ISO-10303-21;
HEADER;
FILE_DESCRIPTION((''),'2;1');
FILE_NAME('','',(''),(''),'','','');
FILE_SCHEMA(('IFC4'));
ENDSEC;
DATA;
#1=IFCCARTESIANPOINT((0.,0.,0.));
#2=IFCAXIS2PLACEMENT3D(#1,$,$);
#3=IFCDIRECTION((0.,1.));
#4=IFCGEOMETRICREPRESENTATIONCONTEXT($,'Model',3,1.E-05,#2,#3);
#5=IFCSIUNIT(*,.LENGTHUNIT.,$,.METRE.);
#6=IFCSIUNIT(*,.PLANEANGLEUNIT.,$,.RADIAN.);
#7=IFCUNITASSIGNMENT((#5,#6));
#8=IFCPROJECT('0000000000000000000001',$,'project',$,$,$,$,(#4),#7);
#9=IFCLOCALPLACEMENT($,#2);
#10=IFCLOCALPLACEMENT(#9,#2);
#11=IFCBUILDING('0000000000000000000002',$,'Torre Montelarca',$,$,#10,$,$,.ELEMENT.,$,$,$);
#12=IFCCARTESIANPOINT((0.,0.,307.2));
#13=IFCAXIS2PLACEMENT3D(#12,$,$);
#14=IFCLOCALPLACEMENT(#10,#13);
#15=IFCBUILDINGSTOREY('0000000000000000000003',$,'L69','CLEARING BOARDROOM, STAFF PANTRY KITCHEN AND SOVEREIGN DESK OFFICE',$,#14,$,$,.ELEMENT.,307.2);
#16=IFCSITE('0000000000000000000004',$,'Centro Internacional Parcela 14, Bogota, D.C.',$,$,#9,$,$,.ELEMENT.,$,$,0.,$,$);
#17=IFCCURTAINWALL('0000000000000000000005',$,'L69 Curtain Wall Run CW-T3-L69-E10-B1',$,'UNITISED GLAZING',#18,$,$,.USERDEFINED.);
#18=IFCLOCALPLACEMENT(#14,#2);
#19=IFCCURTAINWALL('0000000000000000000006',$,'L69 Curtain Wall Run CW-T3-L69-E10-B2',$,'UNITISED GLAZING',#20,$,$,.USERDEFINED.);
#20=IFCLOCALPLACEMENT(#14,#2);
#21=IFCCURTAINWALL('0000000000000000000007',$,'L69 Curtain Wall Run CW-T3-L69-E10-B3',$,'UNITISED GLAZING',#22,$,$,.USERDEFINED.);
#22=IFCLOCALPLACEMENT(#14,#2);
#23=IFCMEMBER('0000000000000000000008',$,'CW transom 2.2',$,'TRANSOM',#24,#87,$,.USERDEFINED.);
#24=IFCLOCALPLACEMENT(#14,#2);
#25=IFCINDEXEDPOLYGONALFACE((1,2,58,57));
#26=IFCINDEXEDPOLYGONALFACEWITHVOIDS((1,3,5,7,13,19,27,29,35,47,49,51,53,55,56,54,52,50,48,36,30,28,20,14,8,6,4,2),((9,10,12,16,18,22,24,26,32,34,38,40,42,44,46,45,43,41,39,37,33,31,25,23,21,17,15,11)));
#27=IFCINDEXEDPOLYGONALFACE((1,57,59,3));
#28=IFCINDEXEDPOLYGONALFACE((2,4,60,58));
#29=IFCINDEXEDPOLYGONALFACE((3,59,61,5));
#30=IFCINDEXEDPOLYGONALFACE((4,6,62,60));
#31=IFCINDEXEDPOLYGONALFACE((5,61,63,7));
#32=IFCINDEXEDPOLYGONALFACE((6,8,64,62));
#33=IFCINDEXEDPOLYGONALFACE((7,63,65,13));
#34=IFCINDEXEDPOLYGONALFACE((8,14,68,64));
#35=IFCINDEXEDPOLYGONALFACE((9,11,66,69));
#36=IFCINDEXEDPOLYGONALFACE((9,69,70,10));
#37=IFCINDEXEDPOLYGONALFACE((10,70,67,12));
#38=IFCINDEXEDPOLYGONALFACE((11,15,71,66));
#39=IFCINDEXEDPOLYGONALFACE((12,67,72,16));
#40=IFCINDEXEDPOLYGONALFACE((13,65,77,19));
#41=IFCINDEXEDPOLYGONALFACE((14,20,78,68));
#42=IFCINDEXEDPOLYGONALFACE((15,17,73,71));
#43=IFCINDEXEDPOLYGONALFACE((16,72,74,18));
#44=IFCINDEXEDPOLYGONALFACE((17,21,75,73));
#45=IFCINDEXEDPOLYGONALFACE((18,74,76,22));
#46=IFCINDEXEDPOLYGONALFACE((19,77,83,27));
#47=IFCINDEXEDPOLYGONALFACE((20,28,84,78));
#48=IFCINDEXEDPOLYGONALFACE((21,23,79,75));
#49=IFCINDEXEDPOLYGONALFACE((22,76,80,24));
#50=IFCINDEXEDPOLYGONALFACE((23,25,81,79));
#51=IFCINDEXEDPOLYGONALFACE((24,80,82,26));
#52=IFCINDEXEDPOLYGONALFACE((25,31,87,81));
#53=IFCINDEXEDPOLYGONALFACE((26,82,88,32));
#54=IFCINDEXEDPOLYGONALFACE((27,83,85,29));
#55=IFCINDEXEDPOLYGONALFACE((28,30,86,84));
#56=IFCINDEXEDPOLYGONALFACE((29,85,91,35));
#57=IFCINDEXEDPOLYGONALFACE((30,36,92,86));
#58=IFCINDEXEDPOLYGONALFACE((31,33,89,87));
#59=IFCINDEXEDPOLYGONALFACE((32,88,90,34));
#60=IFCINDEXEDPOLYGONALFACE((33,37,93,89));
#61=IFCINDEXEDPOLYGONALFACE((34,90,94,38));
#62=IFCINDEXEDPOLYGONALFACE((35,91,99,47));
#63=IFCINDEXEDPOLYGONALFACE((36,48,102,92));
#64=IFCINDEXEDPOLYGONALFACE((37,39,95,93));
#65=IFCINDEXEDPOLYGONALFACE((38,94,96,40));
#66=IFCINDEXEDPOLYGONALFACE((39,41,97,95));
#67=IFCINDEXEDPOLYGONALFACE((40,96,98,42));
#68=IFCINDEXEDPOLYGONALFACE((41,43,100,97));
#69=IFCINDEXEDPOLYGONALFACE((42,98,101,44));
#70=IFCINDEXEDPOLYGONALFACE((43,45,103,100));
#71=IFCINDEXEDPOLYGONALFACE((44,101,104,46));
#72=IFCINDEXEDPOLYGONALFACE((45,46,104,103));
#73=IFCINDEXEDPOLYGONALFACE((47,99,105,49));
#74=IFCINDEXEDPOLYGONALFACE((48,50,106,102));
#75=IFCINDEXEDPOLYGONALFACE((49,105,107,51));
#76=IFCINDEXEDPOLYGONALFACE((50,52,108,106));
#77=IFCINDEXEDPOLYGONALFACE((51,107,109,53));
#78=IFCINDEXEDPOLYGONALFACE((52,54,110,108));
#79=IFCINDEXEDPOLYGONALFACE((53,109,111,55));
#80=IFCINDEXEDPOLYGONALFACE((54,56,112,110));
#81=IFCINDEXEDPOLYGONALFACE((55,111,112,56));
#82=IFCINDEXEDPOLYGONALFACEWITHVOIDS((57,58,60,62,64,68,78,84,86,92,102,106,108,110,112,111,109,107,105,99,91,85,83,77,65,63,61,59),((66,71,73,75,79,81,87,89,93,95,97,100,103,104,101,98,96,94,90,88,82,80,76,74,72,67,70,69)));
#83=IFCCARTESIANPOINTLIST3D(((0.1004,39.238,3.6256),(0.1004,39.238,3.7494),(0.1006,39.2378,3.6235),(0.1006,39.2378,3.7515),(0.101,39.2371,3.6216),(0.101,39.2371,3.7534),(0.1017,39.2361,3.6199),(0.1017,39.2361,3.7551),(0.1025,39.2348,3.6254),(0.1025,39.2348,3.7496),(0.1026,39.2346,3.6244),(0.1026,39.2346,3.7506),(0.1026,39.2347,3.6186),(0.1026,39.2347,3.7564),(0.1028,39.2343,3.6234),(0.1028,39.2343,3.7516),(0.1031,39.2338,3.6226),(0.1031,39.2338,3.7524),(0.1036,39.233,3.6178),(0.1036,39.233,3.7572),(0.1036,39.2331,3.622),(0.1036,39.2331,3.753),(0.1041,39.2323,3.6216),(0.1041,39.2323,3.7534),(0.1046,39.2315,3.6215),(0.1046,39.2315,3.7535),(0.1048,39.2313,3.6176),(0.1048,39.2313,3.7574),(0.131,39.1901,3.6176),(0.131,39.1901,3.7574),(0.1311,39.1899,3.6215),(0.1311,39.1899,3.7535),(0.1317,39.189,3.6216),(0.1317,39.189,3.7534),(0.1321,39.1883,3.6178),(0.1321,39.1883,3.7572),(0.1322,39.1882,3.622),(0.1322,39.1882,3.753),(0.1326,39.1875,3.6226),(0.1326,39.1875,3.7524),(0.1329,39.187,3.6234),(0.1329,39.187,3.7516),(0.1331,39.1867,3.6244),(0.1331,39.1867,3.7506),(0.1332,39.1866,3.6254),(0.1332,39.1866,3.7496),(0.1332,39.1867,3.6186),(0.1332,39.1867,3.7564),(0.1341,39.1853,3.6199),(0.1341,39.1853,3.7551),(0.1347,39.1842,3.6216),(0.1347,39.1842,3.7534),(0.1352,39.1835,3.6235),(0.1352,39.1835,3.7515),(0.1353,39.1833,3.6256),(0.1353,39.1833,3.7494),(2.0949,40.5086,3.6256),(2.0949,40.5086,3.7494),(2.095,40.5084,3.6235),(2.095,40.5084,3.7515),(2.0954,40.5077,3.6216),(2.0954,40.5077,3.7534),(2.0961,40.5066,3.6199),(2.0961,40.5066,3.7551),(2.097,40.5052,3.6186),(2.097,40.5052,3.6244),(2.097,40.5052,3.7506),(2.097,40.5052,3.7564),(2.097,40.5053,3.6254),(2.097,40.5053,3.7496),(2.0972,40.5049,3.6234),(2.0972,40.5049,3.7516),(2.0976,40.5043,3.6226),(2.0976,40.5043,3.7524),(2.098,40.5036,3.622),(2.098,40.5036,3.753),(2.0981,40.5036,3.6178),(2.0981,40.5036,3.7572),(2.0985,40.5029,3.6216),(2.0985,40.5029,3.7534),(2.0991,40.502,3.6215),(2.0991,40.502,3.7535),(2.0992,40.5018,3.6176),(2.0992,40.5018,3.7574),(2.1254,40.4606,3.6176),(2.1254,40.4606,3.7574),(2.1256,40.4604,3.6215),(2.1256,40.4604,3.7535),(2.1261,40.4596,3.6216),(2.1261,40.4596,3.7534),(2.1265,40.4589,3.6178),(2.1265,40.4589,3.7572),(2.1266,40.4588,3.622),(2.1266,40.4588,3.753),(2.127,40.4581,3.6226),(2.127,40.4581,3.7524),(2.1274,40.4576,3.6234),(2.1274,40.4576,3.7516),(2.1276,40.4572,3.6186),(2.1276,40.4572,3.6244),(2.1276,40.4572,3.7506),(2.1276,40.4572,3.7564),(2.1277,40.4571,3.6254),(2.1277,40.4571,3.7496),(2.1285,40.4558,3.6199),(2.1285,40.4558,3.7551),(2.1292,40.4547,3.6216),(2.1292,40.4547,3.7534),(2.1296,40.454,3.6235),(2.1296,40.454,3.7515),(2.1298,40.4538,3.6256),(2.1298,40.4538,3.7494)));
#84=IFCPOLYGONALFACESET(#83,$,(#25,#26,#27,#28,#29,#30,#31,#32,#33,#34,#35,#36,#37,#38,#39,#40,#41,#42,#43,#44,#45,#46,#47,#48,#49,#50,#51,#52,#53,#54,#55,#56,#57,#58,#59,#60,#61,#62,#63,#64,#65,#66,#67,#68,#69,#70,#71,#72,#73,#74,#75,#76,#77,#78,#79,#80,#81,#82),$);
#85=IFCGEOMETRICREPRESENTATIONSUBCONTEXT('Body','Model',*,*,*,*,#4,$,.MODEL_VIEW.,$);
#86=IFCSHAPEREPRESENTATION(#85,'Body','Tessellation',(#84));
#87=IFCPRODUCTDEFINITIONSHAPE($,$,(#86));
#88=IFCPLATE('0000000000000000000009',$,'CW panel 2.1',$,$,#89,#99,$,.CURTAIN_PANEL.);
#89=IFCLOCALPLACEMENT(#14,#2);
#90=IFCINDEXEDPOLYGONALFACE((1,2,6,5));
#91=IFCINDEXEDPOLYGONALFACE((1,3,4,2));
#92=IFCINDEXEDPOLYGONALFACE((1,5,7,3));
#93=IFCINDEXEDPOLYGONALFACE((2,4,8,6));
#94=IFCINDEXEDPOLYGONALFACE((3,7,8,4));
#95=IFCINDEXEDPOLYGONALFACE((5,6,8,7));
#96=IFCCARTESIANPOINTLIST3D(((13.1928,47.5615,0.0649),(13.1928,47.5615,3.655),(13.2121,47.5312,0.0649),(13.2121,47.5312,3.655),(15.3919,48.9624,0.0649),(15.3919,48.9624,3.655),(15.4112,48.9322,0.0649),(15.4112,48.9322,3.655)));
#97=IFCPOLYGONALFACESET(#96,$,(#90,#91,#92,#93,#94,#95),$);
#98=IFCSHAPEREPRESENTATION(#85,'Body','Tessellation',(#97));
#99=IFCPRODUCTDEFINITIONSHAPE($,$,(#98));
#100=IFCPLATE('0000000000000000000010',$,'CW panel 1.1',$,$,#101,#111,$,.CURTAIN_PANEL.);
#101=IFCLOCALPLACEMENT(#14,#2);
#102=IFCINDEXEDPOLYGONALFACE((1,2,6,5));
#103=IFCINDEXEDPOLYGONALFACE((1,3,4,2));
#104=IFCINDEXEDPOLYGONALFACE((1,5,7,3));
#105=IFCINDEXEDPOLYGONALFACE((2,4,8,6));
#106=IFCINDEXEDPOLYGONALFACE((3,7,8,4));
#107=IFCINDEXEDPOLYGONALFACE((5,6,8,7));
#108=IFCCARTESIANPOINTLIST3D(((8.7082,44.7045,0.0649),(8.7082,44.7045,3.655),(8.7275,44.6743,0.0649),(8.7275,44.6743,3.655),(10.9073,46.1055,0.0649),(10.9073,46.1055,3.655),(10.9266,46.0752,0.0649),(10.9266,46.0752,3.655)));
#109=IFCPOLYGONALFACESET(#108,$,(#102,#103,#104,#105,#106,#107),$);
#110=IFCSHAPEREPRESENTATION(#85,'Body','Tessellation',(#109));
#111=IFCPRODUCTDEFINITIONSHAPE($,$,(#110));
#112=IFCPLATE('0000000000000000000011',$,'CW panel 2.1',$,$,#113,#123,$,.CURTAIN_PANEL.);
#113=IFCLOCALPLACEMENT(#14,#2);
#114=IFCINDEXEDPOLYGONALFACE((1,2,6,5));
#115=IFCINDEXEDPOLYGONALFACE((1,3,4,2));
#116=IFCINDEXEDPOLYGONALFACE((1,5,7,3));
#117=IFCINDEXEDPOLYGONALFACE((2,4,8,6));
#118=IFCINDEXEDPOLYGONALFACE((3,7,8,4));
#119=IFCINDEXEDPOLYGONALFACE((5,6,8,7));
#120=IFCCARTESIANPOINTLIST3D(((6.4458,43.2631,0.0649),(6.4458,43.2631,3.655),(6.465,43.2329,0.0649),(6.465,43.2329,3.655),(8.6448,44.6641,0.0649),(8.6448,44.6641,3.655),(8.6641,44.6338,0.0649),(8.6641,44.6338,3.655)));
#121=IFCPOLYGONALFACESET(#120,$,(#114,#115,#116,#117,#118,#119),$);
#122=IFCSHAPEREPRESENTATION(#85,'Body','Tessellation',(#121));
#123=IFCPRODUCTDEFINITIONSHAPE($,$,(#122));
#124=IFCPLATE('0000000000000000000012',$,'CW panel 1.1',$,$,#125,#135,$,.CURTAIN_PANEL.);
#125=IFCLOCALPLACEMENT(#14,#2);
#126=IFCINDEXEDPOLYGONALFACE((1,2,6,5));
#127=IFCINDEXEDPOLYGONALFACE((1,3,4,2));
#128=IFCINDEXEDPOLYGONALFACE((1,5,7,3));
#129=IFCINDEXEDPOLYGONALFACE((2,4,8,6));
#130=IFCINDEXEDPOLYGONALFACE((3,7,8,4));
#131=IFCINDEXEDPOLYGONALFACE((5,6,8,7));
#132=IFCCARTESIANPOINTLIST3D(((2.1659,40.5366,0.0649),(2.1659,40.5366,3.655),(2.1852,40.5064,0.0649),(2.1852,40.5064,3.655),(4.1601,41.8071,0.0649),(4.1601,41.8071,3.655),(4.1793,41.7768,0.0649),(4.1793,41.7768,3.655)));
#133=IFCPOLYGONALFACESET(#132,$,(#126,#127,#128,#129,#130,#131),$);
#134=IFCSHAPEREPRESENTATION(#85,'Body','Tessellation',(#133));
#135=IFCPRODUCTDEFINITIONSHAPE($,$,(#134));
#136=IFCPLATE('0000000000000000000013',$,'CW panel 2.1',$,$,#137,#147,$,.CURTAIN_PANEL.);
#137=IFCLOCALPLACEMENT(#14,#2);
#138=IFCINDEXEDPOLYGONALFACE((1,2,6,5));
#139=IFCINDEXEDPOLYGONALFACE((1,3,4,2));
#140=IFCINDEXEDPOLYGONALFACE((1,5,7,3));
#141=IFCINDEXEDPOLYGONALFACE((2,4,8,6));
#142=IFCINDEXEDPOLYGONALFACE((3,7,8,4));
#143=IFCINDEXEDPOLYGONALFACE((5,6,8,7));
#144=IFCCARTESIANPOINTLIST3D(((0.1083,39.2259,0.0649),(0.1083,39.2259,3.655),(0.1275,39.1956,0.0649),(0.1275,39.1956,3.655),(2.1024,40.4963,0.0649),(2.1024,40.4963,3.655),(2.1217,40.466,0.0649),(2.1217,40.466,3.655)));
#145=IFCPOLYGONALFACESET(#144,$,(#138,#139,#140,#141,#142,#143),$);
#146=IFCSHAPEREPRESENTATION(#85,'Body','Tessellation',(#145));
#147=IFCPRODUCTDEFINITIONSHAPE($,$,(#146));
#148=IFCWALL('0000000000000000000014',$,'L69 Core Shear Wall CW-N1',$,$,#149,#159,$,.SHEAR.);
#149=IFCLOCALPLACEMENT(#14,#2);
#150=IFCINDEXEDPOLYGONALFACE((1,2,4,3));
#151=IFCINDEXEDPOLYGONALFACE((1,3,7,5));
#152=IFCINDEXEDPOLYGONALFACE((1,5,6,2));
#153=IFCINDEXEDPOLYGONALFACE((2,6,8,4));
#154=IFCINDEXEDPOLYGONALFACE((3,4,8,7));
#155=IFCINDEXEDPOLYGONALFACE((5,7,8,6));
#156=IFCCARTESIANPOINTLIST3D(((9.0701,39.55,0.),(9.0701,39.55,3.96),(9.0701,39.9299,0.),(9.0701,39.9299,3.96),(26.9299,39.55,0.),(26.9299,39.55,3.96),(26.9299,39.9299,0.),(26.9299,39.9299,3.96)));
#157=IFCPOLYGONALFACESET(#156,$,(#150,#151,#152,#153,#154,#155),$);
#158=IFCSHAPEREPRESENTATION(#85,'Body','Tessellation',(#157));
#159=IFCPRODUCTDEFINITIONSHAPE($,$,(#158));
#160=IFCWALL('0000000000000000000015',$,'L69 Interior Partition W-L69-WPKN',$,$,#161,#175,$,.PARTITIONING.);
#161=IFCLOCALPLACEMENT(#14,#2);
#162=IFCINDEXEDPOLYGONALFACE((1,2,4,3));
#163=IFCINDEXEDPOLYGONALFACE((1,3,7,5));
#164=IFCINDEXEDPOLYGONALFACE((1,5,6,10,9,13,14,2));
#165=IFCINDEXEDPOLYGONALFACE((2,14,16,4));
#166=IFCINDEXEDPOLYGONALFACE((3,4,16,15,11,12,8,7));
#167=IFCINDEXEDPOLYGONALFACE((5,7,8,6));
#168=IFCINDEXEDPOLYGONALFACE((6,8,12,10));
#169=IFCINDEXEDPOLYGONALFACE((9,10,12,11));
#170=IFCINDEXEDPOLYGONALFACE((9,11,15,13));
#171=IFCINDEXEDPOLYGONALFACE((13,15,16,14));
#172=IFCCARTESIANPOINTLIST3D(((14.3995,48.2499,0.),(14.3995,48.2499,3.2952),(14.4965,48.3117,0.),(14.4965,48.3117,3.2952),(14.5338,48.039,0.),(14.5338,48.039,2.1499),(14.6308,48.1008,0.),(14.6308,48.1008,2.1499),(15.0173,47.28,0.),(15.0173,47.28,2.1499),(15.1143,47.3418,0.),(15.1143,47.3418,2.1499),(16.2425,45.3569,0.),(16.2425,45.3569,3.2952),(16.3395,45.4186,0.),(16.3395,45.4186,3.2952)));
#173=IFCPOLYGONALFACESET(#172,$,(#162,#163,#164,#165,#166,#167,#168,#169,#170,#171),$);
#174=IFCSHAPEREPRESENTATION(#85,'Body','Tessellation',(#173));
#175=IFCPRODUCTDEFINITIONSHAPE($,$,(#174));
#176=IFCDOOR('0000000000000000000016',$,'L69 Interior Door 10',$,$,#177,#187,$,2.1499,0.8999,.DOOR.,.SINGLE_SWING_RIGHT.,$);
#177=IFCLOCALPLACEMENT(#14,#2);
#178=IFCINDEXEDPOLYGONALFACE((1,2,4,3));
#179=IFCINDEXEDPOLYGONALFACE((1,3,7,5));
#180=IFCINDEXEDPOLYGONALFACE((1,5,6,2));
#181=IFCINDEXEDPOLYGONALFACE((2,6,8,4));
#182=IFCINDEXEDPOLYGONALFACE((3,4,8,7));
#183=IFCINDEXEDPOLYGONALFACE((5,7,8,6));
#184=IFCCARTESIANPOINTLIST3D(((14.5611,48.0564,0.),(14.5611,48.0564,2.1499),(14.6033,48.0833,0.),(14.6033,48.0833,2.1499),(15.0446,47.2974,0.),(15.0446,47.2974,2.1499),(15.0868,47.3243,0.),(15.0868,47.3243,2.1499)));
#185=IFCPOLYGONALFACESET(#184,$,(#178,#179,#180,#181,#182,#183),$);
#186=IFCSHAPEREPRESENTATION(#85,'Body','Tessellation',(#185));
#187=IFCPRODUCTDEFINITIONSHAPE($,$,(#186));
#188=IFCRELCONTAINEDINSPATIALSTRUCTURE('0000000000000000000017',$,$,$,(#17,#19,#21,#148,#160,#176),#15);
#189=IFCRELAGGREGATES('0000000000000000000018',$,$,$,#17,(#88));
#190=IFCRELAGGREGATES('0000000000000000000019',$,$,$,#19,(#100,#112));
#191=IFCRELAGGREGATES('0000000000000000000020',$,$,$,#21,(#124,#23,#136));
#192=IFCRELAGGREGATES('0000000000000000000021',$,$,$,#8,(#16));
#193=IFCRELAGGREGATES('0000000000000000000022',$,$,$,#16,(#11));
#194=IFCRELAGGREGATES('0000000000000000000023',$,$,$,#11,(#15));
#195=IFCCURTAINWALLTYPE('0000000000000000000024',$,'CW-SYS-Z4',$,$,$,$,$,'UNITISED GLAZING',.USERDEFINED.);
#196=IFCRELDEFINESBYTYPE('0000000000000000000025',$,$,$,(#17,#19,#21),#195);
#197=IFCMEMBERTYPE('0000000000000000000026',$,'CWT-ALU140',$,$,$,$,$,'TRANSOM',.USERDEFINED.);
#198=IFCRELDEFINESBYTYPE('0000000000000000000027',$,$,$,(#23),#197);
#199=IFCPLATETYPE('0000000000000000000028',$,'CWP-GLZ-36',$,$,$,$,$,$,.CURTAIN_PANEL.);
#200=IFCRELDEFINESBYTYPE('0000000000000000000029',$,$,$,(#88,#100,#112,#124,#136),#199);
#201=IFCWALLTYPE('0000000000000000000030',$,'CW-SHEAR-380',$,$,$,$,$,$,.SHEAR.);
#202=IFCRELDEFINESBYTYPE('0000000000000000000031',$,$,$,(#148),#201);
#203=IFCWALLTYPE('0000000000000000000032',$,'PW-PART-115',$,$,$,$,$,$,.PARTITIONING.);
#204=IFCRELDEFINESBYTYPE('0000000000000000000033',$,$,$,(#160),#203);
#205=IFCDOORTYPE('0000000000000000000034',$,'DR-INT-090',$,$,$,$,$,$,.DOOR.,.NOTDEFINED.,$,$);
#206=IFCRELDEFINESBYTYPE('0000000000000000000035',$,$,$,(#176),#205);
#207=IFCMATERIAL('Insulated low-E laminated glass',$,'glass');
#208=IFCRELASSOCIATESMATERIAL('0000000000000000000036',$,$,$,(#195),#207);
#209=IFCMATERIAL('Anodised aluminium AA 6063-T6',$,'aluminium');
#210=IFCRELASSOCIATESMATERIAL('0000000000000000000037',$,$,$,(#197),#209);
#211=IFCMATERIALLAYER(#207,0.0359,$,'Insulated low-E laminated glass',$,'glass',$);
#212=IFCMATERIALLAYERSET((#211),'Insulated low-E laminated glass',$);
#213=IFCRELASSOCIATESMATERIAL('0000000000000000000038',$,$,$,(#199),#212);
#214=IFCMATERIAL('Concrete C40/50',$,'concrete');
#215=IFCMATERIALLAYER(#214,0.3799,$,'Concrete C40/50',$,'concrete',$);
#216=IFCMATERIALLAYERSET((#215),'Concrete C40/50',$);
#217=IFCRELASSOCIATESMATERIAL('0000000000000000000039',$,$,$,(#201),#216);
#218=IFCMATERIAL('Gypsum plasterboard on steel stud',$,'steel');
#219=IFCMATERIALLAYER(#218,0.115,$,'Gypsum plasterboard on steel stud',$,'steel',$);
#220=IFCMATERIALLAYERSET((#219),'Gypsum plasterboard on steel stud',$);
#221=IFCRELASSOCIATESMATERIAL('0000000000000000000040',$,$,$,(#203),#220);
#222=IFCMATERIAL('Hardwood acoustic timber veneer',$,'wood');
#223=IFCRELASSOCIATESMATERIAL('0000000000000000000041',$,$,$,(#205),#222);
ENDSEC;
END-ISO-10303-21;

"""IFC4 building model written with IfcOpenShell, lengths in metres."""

from ifc_helpers import new_model, si_unit, direction, frame, frame_2d, origin, origin_2d, place, context, subcontext, project, spatial, rectangle, hollow_rectangle, extrude, source, transform, mapped, material, layer, layer_set, material_profile, profile_set, type_object, element, fill, aggregate, save


model = new_model("IFC4")

# Units and contexts
model_context = context("Model", 3, precision=1e-05, world=origin(), true_north=direction((0.0, 1.0)))
body_context = subcontext(model_context, "Body", "Model", "MODEL_VIEW")
ifc_project = project(units=[si_unit("LENGTHUNIT", "METRE"), si_unit("PLANEANGLEUNIT", "RADIAN")], contexts=[model_context])

# Site, building, storey
site_placement = place(None, origin())
site = spatial("IfcSite", under=ifc_project, at=site_placement, Name="Centro Internacional Parcela 14, Bogota, D.C.", CompositionType="ELEMENT", RefElevation=0.0)
building_placement = place(site_placement, origin())
building = spatial("IfcBuilding", under=site, at=building_placement, Name="Torre Montelarca", CompositionType="ELEMENT")
storey_placement = place(building_placement, frame((0.0, 0.0, 307.2)))
storey = spatial("IfcBuildingStorey", under=building, at=storey_placement, Name="L69", Description="CLEARING BOARDROOM, STAFF PANTRY KITCHEN AND SOVEREIGN DESK OFFICE", CompositionType="ELEMENT", Elevation=307.2)

# Shared definitions
ifc_material_1 = material(Name="Concrete C40/50", Category="concrete")

# Curtain wall
ifc_material_2 = material(Name="Insulated low-E laminated glass", Category="glass")
curtain_wall_type = type_object("IfcCurtainWallType", Name="CW-SYS-Z4", ElementType="UNITISED GLAZING", PredefinedType="USERDEFINED", material=ifc_material_2)
curtain_wall_1_placement = place(storey_placement, origin())
curtain_wall_1 = element("IfcCurtainWall", 1, at=curtain_wall_1_placement, inside=storey, type_object=curtain_wall_type, Name="L69 Curtain Wall Run CW-T3-L69-E10-B1", ObjectType="UNITISED GLAZING", PredefinedType="USERDEFINED")
ifc_material_3 = material(Name="Anodised aluminium AA 6063-T6", Category="aluminium")

# Curtain walls
curtain_wall_2_placement = place(storey_placement, origin())
curtain_wall_2 = element("IfcCurtainWall", 2, at=curtain_wall_2_placement, inside=storey, type_object=curtain_wall_type, Name="L69 Curtain Wall Run CW-T3-L69-E10-B2", ObjectType="UNITISED GLAZING", PredefinedType="USERDEFINED")
curtain_wall_3_placement = place(storey_placement, origin())
curtain_wall_3 = element("IfcCurtainWall", 3, at=curtain_wall_3_placement, inside=storey, type_object=curtain_wall_type, Name="L69 Curtain Wall Run CW-T3-L69-E10-B3", ObjectType="UNITISED GLAZING", PredefinedType="USERDEFINED")

# Member
ifc_material_profile_1 = material_profile(ifc_material_3, hollow_rectangle(XDim=0.0649, YDim=0.1399, WallThickness=0.0039, InnerFilletRadius=0.0039, OuterFilletRadius=0.0081, at=origin_2d()), Name="ALU65X140X4", Category="aluminium")
ifc_profile_set_1 = profile_set([ifc_material_profile_1], Name="Anodised aluminium AA 6063-T6")
member_type_1 = type_object("IfcMemberType", Name="CWT-ALU140", ElementType="TRANSOM", PredefinedType="USERDEFINED", material=ifc_profile_set_1)
shared_shape_1 = source(origin(), body_context, "Body", "SweptSolid", [
    extrude(hollow_rectangle(XDim=0.0649, YDim=0.1399, WallThickness=0.0039, InnerFilletRadius=0.0039, OuterFilletRadius=0.0081, at=origin_2d()), origin(), (0.0, 0.0, 1.0), 2.3647),
])
member_1_placement = place(storey_placement, frame((2.1123, 40.4812, 3.6875), z_axis=(-0.843402, -0.537283, 0.0), x_axis=(0.537283, -0.843402, 0.0)))
member_1 = element("IfcMember", 4, at=member_1_placement, type_object=member_type_1, Name="CW transom 2.2", ObjectType="TRANSOM", PredefinedType="USERDEFINED", context=body_context, shape_type="MappedRepresentation", body=[
    mapped(shared_shape_1, transform((0.0, 0.0, 0.0), scale=1.0)),
])

# Plates
ifc_layer_1 = layer(ifc_material_2, 0.0359, Name="Insulated low-E laminated glass", Category="glass")
ifc_layer_set_1 = layer_set([ifc_layer_1], Name="Insulated low-E laminated glass")
plate_type = type_object("IfcPlateType", Name="CWP-GLZ-36", PredefinedType="CURTAIN_PANEL", material=ifc_layer_set_1)
shared_shape_2 = source(origin(), body_context, "Body", "SweptSolid", [
    extrude(rectangle(XDim=2.6074, YDim=0.0359, at=origin_2d()), origin(), (0.0, 0.0, 1.0), 3.5901),
])
plate_1_placement = place(storey_placement, frame((14.302, 48.2468, 0.0649), z_axis=(0.0, 0.0, 1.0), x_axis=(-0.84339, -0.537302, 0.0)))
plate_1 = element("IfcPlate", 5, at=plate_1_placement, type_object=plate_type, Name="CW panel 2.1", PredefinedType="CURTAIN_PANEL", context=body_context, shape_type="MappedRepresentation", body=[
    mapped(shared_shape_2, transform((0.0, 0.0, 0.0), scale=1.0)),
])
aggregate(curtain_wall_1, [plate_1])
plate_2_placement = place(storey_placement, frame((9.8174, 45.3899, 0.0649), z_axis=(0.0, 0.0, 1.0), x_axis=(-0.84339, -0.537302, 0.0)))
plate_2 = element("IfcPlate", 6, at=plate_2_placement, type_object=plate_type, Name="CW panel 1.1", PredefinedType="CURTAIN_PANEL", context=body_context, shape_type="MappedRepresentation", body=[
    mapped(shared_shape_2, transform((0.0, 0.0, 0.0), scale=1.0)),
])
plate_3_placement = place(storey_placement, frame((7.5549, 43.9485, 0.0649), z_axis=(0.0, 0.0, 1.0), x_axis=(-0.84339, -0.537302, 0.0)))
plate_3 = element("IfcPlate", 7, at=plate_3_placement, type_object=plate_type, Name="CW panel 2.1", PredefinedType="CURTAIN_PANEL", context=body_context, shape_type="MappedRepresentation", body=[
    mapped(shared_shape_2, transform((0.0, 0.0, 0.0), scale=1.0)),
])
aggregate(curtain_wall_2, [plate_2, plate_3])
shared_shape_3 = source(origin(), body_context, "Body", "SweptSolid", [
    extrude(rectangle(XDim=2.3645, YDim=0.0359, at=origin_2d()), origin(), (0.0, 0.0, 1.0), 3.5901),
])
plate_4_placement = place(storey_placement, frame((3.1726, 41.1567, 0.0649), z_axis=(0.0, 0.0, 1.0), x_axis=(-0.843389, -0.537304, 0.0)))
plate_4 = element("IfcPlate", 8, at=plate_4_placement, type_object=plate_type, Name="CW panel 1.1", PredefinedType="CURTAIN_PANEL", context=body_context, shape_type="MappedRepresentation", body=[
    mapped(shared_shape_3, transform((0.0, 0.0, 0.0), scale=1.0)),
])
plate_5_placement = place(storey_placement, frame((1.115, 39.8459, 0.0649), z_axis=(0.0, 0.0, 1.0), x_axis=(-0.843389, -0.537304, 0.0)))
plate_5 = element("IfcPlate", 9, at=plate_5_placement, type_object=plate_type, Name="CW panel 2.1", PredefinedType="CURTAIN_PANEL", context=body_context, shape_type="MappedRepresentation", body=[
    mapped(shared_shape_3, transform((0.0, 0.0, 0.0), scale=1.0)),
])
aggregate(curtain_wall_3, [plate_4, member_1, plate_5])

# Wall
ifc_layer_2 = layer(ifc_material_1, 0.3799, Name="Concrete C40/50", Category="concrete")
ifc_layer_set_2 = layer_set([ifc_layer_2], Name="Concrete C40/50")
wall_type_1 = type_object("IfcWallType", Name="CW-SHEAR-380", PredefinedType="SHEAR", material=ifc_layer_set_2)
wall_1_placement = place(storey_placement, frame((9.0701, 39.74, 0.0), z_axis=(0.0, 0.0, 1.0), x_axis=(1.0, 0.0, 0.0)))
element("IfcWall", 10, at=wall_1_placement, inside=storey, type_object=wall_type_1, Name="L69 Core Shear Wall CW-N1", PredefinedType="SHEAR", context=body_context, shape_type="SweptSolid", body=[
    extrude(rectangle(XDim=17.8599, YDim=0.3799, at=frame_2d((8.9299, 0.0))), origin(), (0.0, 0.0, 1.0), 3.96),
])

# Wall, opening, door
ifc_material_4 = material(Name="Gypsum plasterboard on steel stud", Category="steel")
ifc_layer_3 = layer(ifc_material_4, 0.115, Name="Gypsum plasterboard on steel stud", Category="steel")
ifc_layer_set_3 = layer_set([ifc_layer_3], Name="Gypsum plasterboard on steel stud")
wall_type_2 = type_object("IfcWallType", Name="PW-PART-115", PredefinedType="PARTITIONING", material=ifc_layer_set_3)
wall_2_placement = place(storey_placement, frame((14.448, 48.2808, 0.0), z_axis=(0.0, 0.0, 1.0), x_axis=(0.537285, -0.843401, 0.0)))
wall_2 = element("IfcWall", 11, at=wall_2_placement, inside=storey, type_object=wall_type_2, Name="L69 Interior Partition W-L69-WPKN", PredefinedType="PARTITIONING", context=body_context, shape_type="SweptSolid", body=[
    extrude(rectangle(XDim=3.4302, YDim=0.115, at=frame_2d((1.7151, 0.0))), origin(), (0.0, 0.0, 1.0), 3.2952),
])
opening_placement = place(wall_2_placement, frame((0.25, 0.0, 0.0)))
opening = element("IfcOpeningElement", 12, at=opening_placement, cuts=wall_2, PredefinedType="OPENING", context=body_context, shape_type="SweptSolid", body=[
    extrude(rectangle(XDim=0.8999, YDim=2.1499, at=frame_2d((0.45, 1.075))), frame((0.0, 0.0674, 0.0), z_axis=(0.0, -1.0, 0.0), x_axis=(1.0, 0.0, 0.0)), (0.0, 0.0, 1.0), 0.135),
])
ifc_material_5 = material(Name="Hardwood acoustic timber veneer", Category="wood")
door_type = type_object("IfcDoorType", Name="DR-INT-090", OperationType="NOTDEFINED", PredefinedType="DOOR", material=ifc_material_5)
shared_shape_4 = source(origin(), body_context, "Body", "SweptSolid", [
    extrude(rectangle(XDim=0.8999, YDim=2.1499, at=frame_2d((0.45, 1.075))), frame((0.0, 0.0249, 0.0), z_axis=(0.0, -1.0, 0.0), x_axis=(1.0, 0.0, 0.0)), (0.0, 0.0, 1.0), 0.05),
])
door_placement = place(opening_placement, origin())
door = element("IfcDoor", 13, at=door_placement, inside=storey, type_object=door_type, Name="L69 Interior Door 10", OperationType="SINGLE_SWING_RIGHT", OverallHeight=2.1499, OverallWidth=0.8999, PredefinedType="DOOR", context=body_context, shape_type="MappedRepresentation", body=[
    mapped(shared_shape_4, transform((0.0, 0.0, 0.0), scale=1.0)),
])
fill(opening, door)

save(model, "model.ifc")
